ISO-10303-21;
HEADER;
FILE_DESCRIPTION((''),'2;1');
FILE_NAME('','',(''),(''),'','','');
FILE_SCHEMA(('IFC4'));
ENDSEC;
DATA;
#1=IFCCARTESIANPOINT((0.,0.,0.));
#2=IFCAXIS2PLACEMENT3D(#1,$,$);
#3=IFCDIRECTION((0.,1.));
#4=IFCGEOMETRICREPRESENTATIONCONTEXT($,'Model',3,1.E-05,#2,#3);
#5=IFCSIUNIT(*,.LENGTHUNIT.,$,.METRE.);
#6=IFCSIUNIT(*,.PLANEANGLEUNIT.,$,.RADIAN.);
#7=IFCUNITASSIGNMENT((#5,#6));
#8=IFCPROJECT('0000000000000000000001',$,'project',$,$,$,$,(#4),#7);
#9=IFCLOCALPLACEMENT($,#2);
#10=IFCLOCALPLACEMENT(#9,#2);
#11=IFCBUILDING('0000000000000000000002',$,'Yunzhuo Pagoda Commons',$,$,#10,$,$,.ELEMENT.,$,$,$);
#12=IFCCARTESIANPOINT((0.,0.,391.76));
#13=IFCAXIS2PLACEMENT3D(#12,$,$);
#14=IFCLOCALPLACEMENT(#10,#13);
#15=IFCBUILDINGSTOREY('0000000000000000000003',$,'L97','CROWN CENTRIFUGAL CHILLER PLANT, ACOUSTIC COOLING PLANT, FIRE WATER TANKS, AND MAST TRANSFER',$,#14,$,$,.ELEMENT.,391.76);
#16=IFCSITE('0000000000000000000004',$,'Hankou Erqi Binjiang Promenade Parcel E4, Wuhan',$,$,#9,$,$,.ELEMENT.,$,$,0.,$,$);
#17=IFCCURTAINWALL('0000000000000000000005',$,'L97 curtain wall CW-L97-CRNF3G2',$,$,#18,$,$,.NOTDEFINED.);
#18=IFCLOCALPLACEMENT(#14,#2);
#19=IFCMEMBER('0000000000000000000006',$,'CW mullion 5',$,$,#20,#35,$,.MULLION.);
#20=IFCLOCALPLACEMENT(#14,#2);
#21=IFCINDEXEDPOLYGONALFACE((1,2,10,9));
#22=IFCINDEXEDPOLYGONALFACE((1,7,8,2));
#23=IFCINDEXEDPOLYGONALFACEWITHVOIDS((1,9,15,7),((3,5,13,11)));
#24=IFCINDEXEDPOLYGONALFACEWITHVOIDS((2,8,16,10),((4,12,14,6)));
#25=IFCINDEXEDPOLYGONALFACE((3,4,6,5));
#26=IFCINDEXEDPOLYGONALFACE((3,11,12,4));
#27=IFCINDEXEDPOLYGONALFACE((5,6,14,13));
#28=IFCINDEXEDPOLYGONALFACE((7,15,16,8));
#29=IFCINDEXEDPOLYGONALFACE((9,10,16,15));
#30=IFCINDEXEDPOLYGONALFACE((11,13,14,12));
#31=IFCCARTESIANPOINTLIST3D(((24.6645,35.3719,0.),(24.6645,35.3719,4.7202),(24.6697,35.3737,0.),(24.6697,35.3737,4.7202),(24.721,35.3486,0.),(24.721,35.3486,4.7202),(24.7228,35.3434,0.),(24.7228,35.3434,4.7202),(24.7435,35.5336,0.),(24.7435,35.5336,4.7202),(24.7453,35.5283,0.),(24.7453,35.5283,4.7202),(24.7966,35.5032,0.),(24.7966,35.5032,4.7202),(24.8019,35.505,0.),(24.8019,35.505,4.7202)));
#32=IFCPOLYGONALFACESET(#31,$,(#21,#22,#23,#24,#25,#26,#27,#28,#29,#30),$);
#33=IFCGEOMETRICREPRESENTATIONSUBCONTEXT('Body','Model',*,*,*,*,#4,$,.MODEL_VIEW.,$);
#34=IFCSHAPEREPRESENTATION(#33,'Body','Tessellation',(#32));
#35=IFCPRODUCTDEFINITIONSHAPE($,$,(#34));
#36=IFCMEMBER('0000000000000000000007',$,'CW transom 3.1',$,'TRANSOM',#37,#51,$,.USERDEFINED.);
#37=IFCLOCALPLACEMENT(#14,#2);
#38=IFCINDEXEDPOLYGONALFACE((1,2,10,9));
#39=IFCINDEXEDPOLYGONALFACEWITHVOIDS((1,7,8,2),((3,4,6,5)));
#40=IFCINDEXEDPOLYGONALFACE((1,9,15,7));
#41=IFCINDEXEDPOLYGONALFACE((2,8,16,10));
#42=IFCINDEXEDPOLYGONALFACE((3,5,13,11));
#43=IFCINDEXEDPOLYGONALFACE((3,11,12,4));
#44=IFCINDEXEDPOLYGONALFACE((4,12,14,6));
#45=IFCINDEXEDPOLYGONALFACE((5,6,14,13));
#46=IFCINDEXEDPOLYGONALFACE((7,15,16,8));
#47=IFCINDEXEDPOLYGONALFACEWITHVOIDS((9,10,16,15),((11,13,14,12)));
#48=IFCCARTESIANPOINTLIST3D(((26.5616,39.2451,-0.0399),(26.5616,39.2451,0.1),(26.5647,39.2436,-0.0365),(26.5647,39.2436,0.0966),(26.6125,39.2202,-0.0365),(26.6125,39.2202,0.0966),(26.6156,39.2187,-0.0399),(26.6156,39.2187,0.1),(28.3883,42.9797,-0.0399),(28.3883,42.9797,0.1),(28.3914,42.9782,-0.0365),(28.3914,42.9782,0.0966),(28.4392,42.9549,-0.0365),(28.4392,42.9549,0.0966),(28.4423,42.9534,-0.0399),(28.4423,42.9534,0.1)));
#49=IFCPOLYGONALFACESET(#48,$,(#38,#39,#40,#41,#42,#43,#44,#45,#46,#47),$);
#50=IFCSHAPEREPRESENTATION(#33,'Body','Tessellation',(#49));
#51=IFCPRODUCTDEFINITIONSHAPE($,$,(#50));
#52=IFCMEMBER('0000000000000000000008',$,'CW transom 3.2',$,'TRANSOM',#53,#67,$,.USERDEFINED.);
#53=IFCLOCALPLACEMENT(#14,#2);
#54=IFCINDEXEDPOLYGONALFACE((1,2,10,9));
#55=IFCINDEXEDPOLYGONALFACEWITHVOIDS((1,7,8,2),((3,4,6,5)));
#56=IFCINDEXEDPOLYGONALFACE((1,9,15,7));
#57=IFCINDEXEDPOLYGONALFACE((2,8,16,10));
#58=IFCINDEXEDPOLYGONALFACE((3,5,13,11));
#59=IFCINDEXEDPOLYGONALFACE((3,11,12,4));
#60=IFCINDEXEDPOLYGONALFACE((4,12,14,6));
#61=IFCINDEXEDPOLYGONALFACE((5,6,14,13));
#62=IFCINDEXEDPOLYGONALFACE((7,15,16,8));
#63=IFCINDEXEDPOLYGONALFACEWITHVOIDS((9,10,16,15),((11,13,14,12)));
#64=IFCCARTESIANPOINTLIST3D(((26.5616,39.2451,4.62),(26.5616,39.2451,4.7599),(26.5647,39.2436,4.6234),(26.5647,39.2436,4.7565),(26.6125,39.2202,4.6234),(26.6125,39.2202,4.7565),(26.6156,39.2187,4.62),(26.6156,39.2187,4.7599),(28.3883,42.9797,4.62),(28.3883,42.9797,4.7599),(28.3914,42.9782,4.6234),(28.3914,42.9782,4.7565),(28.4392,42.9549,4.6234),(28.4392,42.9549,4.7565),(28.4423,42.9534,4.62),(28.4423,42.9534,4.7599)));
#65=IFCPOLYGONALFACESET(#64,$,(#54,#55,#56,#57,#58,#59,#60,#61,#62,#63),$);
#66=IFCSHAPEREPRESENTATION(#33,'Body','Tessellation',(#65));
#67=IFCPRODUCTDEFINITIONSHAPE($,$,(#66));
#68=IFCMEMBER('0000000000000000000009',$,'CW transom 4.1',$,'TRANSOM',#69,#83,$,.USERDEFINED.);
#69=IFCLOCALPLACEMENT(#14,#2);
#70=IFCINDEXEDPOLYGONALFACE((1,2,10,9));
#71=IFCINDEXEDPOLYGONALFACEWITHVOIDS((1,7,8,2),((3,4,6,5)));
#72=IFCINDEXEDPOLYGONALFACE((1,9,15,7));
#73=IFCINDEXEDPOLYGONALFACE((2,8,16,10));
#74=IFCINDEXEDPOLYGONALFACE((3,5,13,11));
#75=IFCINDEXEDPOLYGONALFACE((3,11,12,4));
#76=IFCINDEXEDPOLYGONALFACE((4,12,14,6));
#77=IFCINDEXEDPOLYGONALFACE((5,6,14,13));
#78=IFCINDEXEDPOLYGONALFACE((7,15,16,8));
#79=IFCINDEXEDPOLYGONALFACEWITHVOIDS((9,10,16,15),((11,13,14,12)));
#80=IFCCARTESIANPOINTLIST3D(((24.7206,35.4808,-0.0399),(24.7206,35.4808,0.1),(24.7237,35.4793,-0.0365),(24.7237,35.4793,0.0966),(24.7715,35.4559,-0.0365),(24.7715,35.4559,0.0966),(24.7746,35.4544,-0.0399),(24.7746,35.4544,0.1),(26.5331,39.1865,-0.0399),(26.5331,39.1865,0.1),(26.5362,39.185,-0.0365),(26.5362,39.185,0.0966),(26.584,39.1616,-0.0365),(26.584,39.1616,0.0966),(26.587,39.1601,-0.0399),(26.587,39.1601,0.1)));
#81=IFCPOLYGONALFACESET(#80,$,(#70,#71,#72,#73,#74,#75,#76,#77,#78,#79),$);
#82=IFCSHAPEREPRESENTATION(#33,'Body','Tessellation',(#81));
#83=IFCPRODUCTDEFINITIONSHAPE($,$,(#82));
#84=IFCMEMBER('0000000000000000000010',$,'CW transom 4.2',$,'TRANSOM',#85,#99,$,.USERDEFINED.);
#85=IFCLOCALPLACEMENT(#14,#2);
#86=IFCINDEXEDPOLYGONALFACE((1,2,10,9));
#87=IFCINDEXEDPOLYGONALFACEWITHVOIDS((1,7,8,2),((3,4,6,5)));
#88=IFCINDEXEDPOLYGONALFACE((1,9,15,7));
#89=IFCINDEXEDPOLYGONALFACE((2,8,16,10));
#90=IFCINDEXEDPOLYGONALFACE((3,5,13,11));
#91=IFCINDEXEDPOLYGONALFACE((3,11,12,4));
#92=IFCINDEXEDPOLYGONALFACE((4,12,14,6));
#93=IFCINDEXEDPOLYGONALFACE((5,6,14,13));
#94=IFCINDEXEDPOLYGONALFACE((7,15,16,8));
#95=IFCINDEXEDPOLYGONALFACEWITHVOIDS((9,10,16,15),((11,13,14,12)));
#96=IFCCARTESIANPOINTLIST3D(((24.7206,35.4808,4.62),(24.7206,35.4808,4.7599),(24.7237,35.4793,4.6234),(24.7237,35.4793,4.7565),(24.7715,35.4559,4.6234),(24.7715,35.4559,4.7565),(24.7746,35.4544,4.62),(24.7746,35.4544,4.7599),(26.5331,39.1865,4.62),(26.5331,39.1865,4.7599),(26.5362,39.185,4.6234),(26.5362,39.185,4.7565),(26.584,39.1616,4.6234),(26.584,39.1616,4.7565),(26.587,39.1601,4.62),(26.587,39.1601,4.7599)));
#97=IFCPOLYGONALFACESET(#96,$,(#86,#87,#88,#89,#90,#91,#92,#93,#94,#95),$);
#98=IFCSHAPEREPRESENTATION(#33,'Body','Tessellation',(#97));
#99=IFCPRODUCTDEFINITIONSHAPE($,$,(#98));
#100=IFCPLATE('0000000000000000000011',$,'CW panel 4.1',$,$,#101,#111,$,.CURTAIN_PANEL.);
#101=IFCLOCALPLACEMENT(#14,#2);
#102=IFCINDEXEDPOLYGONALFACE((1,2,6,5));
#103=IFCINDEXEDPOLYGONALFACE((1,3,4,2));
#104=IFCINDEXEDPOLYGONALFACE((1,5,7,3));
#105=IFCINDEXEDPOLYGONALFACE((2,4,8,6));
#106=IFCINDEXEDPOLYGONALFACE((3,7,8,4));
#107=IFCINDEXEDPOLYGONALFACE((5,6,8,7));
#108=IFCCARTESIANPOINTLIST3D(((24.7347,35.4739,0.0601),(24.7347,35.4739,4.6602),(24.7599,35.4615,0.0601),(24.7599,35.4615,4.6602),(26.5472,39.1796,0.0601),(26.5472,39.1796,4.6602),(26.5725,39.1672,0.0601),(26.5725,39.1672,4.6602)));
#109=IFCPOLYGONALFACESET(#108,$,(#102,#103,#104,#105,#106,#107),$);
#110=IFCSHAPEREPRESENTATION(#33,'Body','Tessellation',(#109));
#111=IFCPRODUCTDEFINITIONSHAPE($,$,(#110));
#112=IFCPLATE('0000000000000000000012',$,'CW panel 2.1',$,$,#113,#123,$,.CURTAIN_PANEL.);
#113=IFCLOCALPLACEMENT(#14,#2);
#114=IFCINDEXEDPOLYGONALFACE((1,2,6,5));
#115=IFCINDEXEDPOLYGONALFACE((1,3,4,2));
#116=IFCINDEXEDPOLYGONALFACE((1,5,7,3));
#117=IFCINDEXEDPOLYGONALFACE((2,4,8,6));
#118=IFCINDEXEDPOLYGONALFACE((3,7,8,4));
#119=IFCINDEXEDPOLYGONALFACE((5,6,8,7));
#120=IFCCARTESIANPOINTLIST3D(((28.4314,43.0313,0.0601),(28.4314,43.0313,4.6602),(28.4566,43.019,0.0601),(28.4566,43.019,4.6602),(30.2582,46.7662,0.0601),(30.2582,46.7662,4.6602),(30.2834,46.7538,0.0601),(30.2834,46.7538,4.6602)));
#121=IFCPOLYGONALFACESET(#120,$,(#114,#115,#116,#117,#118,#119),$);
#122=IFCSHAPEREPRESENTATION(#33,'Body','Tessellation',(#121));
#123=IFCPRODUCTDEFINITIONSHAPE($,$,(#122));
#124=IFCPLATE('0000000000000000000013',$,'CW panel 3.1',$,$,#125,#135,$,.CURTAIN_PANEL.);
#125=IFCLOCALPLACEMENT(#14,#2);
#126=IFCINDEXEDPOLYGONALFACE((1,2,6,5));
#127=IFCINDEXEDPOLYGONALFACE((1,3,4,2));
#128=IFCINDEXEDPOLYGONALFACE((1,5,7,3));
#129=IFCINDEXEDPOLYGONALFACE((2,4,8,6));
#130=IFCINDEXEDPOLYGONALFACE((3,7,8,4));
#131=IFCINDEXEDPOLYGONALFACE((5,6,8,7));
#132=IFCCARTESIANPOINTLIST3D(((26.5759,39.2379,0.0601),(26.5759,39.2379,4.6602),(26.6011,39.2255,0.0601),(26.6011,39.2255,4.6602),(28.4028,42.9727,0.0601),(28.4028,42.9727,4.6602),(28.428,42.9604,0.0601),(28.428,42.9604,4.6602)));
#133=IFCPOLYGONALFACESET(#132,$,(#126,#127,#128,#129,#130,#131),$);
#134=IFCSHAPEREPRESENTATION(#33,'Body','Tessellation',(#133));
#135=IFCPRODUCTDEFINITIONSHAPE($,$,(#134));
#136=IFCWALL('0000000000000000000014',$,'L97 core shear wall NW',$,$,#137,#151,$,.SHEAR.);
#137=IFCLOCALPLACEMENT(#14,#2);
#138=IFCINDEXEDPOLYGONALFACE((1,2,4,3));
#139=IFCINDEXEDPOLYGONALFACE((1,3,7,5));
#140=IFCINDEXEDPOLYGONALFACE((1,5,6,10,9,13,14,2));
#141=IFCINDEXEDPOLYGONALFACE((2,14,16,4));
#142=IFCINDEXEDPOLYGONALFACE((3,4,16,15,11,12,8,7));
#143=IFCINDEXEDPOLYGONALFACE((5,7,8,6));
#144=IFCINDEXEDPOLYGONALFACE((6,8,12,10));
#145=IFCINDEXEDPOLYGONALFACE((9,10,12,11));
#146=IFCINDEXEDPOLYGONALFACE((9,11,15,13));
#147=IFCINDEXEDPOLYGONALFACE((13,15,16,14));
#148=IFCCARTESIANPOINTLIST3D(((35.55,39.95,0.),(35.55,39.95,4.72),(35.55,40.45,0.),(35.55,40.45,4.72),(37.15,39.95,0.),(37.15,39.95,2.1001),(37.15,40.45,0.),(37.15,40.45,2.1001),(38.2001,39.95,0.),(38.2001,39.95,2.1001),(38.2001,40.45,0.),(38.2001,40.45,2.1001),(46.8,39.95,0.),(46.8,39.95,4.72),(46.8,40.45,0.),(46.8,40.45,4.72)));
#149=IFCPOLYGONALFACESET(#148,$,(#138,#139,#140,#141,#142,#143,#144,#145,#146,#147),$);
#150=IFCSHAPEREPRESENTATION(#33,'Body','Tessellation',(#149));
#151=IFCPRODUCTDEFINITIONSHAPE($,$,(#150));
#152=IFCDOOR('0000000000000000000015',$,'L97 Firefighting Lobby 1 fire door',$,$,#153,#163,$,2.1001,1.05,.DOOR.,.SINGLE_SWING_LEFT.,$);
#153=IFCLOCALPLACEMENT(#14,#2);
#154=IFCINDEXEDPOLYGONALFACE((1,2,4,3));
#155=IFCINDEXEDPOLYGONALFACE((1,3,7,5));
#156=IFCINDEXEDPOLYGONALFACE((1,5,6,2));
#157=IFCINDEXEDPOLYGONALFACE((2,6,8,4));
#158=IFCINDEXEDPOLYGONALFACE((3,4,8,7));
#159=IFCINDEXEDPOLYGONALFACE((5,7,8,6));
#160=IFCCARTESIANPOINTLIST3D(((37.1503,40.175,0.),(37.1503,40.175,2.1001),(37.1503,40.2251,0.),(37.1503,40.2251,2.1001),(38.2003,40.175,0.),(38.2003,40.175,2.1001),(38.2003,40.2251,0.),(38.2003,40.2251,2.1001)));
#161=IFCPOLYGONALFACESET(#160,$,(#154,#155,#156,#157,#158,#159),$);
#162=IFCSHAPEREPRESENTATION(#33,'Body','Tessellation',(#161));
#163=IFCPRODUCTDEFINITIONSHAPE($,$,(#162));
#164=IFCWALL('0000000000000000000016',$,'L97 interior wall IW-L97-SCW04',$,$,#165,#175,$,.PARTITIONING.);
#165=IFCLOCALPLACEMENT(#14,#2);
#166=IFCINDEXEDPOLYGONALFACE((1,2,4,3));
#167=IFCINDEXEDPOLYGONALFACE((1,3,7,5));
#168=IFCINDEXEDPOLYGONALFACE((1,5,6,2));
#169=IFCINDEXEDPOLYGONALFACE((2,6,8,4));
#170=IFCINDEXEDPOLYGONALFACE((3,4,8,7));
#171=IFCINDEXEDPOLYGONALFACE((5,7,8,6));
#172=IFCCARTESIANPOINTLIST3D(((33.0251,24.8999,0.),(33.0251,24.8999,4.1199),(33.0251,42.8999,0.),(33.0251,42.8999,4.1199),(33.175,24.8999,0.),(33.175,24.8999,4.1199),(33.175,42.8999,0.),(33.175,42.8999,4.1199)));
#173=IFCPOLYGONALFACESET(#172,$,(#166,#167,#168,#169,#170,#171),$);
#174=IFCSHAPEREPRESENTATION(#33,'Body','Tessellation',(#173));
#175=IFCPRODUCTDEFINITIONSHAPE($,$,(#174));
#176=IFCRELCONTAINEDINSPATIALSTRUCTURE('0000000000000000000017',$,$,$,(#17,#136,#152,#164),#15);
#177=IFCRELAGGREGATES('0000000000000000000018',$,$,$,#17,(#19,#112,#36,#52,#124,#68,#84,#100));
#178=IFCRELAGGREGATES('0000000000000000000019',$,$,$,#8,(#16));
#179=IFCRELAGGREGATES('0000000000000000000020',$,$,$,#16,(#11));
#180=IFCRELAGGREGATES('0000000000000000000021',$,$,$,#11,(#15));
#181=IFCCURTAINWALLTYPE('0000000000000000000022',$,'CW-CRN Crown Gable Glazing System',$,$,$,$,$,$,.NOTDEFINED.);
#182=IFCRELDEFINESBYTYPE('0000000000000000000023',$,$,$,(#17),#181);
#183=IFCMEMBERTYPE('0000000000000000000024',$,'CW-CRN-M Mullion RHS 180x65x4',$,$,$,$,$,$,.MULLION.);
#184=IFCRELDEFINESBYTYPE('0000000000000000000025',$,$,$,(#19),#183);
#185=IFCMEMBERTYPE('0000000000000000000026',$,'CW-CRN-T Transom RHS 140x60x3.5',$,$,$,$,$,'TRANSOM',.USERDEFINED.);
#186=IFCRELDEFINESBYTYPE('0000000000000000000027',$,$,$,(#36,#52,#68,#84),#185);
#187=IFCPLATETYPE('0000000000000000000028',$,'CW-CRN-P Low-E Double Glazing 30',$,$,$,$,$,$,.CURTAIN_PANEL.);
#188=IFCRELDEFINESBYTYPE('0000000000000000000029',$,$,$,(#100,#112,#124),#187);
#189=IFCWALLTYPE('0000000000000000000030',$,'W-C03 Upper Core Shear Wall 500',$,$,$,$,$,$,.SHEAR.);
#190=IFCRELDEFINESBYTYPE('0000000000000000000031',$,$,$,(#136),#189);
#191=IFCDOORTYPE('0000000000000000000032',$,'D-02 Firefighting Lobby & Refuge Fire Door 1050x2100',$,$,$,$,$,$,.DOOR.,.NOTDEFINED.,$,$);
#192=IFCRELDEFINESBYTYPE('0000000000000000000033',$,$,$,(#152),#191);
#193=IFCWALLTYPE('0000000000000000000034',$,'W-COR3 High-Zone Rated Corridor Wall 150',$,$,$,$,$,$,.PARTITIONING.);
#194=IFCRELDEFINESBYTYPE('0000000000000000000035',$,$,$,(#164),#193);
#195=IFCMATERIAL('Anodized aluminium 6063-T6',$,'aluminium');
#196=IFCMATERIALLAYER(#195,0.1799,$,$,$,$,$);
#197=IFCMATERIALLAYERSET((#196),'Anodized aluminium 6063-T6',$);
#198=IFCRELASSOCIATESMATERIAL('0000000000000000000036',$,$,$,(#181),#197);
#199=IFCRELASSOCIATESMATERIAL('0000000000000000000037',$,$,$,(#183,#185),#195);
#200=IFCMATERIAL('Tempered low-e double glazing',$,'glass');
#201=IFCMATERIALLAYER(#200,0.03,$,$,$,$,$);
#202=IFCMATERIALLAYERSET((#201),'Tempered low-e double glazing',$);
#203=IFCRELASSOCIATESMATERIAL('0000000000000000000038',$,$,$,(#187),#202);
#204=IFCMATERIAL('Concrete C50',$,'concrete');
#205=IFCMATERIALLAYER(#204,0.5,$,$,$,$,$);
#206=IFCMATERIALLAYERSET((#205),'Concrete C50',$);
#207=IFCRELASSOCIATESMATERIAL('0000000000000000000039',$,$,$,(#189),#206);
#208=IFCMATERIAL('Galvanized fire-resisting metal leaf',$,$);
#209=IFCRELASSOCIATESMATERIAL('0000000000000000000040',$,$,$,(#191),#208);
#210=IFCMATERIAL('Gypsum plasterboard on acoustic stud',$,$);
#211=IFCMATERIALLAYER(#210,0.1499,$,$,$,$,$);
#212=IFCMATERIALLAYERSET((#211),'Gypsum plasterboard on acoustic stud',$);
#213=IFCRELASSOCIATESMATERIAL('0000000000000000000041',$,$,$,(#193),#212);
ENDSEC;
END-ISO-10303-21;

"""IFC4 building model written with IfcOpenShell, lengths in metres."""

from ifc_helpers import new_model, si_unit, direction, frame, frame_2d, origin, origin_2d, place, context, subcontext, project, spatial, rectangle, hollow_rectangle, extrude, source, transform, mapped, material, layer, layer_set, material_profile, profile_set, type_object, element, fill, aggregate, save


model = new_model("IFC4")

# Units and contexts
model_context = context("Model", 3, precision=1e-05, world=origin(), true_north=direction((0.0, 1.0)))
body_context = subcontext(model_context, "Body", "Model", "MODEL_VIEW")
ifc_project = project(units=[si_unit("LENGTHUNIT", "METRE"), si_unit("PLANEANGLEUNIT", "RADIAN")], contexts=[model_context])

# Site, building, storey
site_placement = place(None, origin())
site = spatial("IfcSite", under=ifc_project, at=site_placement, Name="Hankou Erqi Binjiang Promenade Parcel E4, Wuhan", CompositionType="ELEMENT", RefElevation=0.0)
building_placement = place(site_placement, origin())
building = spatial("IfcBuilding", under=site, at=building_placement, Name="Yunzhuo Pagoda Commons", CompositionType="ELEMENT")
storey_placement = place(building_placement, frame((0.0, 0.0, 391.76)))
storey = spatial("IfcBuildingStorey", under=building, at=storey_placement, Name="L97", Description="CROWN CENTRIFUGAL CHILLER PLANT, ACOUSTIC COOLING PLANT, FIRE WATER TANKS, AND MAST TRANSFER", CompositionType="ELEMENT", Elevation=391.76)

# Curtain wall, members, plates
ifc_material_1 = material(Name="Anodized aluminium 6063-T6", Category="aluminium")
ifc_layer_1 = layer(ifc_material_1, 0.1799)
ifc_layer_set_1 = layer_set([ifc_layer_1], Name="Anodized aluminium 6063-T6")
curtain_wall_type = type_object("IfcCurtainWallType", Name="CW-CRN Crown Gable Glazing System", PredefinedType="NOTDEFINED", material=ifc_layer_set_1)
curtain_wall_placement = place(storey_placement, origin())
curtain_wall = element("IfcCurtainWall", 1, at=curtain_wall_placement, inside=storey, type_object=curtain_wall_type, Name="L97 curtain wall CW-L97-CRNF3G2", PredefinedType="NOTDEFINED")
ifc_material_profile_1 = material_profile(ifc_material_1, hollow_rectangle(XDim=0.0649, YDim=0.1799, WallThickness=0.0039, at=origin_2d()), Name="Anodized aluminium 6063-T6")
ifc_profile_set_1 = profile_set([ifc_material_profile_1], Name="Anodized aluminium 6063-T6")
member_type_1 = type_object("IfcMemberType", Name="CW-CRN-M Mullion RHS 180x65x4", PredefinedType="MULLION", material=ifc_profile_set_1)
shared_shape_1 = source(origin(), body_context, "Body", "SweptSolid", [
    extrude(hollow_rectangle(XDim=0.0649, YDim=0.1799, WallThickness=0.0039, at=origin_2d()), origin(), (0.0, 0.0, 1.0), 4.7202),
])
member_1_placement = place(storey_placement, frame((24.7332, 35.4385, 0.0), z_axis=(0.0, 0.0, 1.0), x_axis=(0.898299, -0.439384, 0.0)))
member_1 = element("IfcMember", 2, at=member_1_placement, type_object=member_type_1, Name="CW mullion 5", PredefinedType="MULLION", context=body_context, shape_type="MappedRepresentation", body=[
    mapped(shared_shape_1, transform((0.0, 0.0, 0.0), scale=1.0)),
])
ifc_material_profile_2 = material_profile(ifc_material_1, hollow_rectangle(XDim=0.0601, YDim=0.1399, WallThickness=0.0034, at=origin_2d()), Name="Anodized aluminium 6063-T6")
ifc_profile_set_2 = profile_set([ifc_material_profile_2], Name="Anodized aluminium 6063-T6")
member_type_2 = type_object("IfcMemberType", Name="CW-CRN-T Transom RHS 140x60x3.5", ElementType="TRANSOM", PredefinedType="USERDEFINED", material=ifc_profile_set_2)
shared_shape_2 = source(origin(), body_context, "Body", "SweptSolid", [
    extrude(hollow_rectangle(XDim=0.0601, YDim=0.1399, WallThickness=0.0034, at=origin_2d()), origin(), (0.0, 0.0, 1.0), 4.1575),
])
member_2_placement = place(storey_placement, frame((28.4153, 42.9666, 0.03), z_axis=(-0.439374, -0.898304, 0.0), x_axis=(0.898304, -0.439374, 0.0)))
member_2 = element("IfcMember", 3, at=member_2_placement, type_object=member_type_2, Name="CW transom 3.1", ObjectType="TRANSOM", PredefinedType="USERDEFINED", context=body_context, shape_type="MappedRepresentation", body=[
    mapped(shared_shape_2, transform((0.0, 0.0, 0.0), scale=1.0)),
])
member_3_placement = place(storey_placement, frame((28.4153, 42.9666, 4.6899), z_axis=(-0.439374, -0.898304, 0.0), x_axis=(0.898304, -0.439374, 0.0)))
member_3 = element("IfcMember", 4, at=member_3_placement, type_object=member_type_2, Name="CW transom 3.2", ObjectType="TRANSOM", PredefinedType="USERDEFINED", context=body_context, shape_type="MappedRepresentation", body=[
    mapped(shared_shape_2, transform((0.0, 0.0, 0.0), scale=1.0)),
])
shared_shape_3 = source(origin(), body_context, "Body", "SweptSolid", [
    extrude(hollow_rectangle(XDim=0.0601, YDim=0.1399, WallThickness=0.0034, at=origin_2d()), origin(), (0.0, 0.0, 1.0), 4.1252),
])
member_4_placement = place(storey_placement, frame((26.5601, 39.1733, 0.03), z_axis=(-0.439361, -0.898311, 0.0), x_axis=(0.898311, -0.439361, 0.0)))
member_4 = element("IfcMember", 5, at=member_4_placement, type_object=member_type_2, Name="CW transom 4.1", ObjectType="TRANSOM", PredefinedType="USERDEFINED", context=body_context, shape_type="MappedRepresentation", body=[
    mapped(shared_shape_3, transform((0.0, 0.0, 0.0), scale=1.0)),
])
member_5_placement = place(storey_placement, frame((26.5601, 39.1733, 4.6899), z_axis=(-0.439361, -0.898311, 0.0), x_axis=(0.898311, -0.439361, 0.0)))
member_5 = element("IfcMember", 6, at=member_5_placement, type_object=member_type_2, Name="CW transom 4.2", ObjectType="TRANSOM", PredefinedType="USERDEFINED", context=body_context, shape_type="MappedRepresentation", body=[
    mapped(shared_shape_3, transform((0.0, 0.0, 0.0), scale=1.0)),
])
ifc_material_2 = material(Name="Tempered low-e double glazing", Category="glass")
ifc_layer_2 = layer(ifc_material_2, 0.03)
ifc_layer_set_2 = layer_set([ifc_layer_2], Name="Tempered low-e double glazing")
plate_type = type_object("IfcPlateType", Name="CW-CRN-P Low-E Double Glazing 30", PredefinedType="CURTAIN_PANEL", material=ifc_layer_set_2)
shared_shape_4 = source(origin(), body_context, "Body", "SweptSolid", [
    extrude(rectangle(XDim=4.1252, YDim=0.0281, at=origin_2d()), origin(), (0.0, 0.0, 1.0), 4.6001),
])
plate_1_placement = place(storey_placement, frame((25.6536, 37.3206, 0.0601), z_axis=(0.0, 0.0, 1.0), x_axis=(-0.439384, -0.898299, 0.0)))
plate_1 = element("IfcPlate", 7, at=plate_1_placement, type_object=plate_type, Name="CW panel 4.1", PredefinedType="CURTAIN_PANEL", context=body_context, shape_type="MappedRepresentation", body=[
    mapped(shared_shape_4, transform((0.0, 0.0, 0.0), scale=1.0)),
])
shared_shape_5 = source(origin(), body_context, "Body", "SweptSolid", [
    extrude(rectangle(XDim=4.1577, YDim=0.0281, at=origin_2d()), origin(), (0.0, 0.0, 1.0), 4.6001),
])
plate_2_placement = place(storey_placement, frame((29.3574, 44.8926, 0.0601), z_axis=(0.0, 0.0, 1.0), x_axis=(-0.439384, -0.898299, 0.0)))
plate_2 = element("IfcPlate", 8, at=plate_2_placement, type_object=plate_type, Name="CW panel 2.1", PredefinedType="CURTAIN_PANEL", context=body_context, shape_type="MappedRepresentation", body=[
    mapped(shared_shape_5, transform((0.0, 0.0, 0.0), scale=1.0)),
])
plate_3_placement = place(storey_placement, frame((27.502, 41.0991, 0.0601), z_axis=(0.0, 0.0, 1.0), x_axis=(-0.439384, -0.898299, 0.0)))
plate_3 = element("IfcPlate", 9, at=plate_3_placement, type_object=plate_type, Name="CW panel 3.1", PredefinedType="CURTAIN_PANEL", context=body_context, shape_type="MappedRepresentation", body=[
    mapped(shared_shape_5, transform((0.0, 0.0, 0.0), scale=1.0)),
])
aggregate(curtain_wall, [member_1, plate_2, member_2, member_3, plate_3, member_4, member_5, plate_1])

# Wall, opening, door
ifc_material_3 = material(Name="Concrete C50", Category="concrete")
ifc_layer_3 = layer(ifc_material_3, 0.5)
ifc_layer_set_3 = layer_set([ifc_layer_3], Name="Concrete C50")
wall_type_1 = type_object("IfcWallType", Name="W-C03 Upper Core Shear Wall 500", PredefinedType="SHEAR", material=ifc_layer_set_3)
wall_1_placement = place(storey_placement, frame((35.55, 40.2, 0.0), z_axis=(0.0, 0.0, 1.0), x_axis=(1.0, 0.0, 0.0)))
wall_1 = element("IfcWall", 10, at=wall_1_placement, inside=storey, type_object=wall_type_1, Name="L97 core shear wall NW", PredefinedType="SHEAR", context=body_context, shape_type="SweptSolid", body=[
    extrude(rectangle(XDim=11.25, YDim=0.5, at=frame_2d((5.625, 0.0))), origin(), (0.0, 0.0, 1.0), 4.72),
])
opening_placement = place(wall_1_placement, frame((1.6001, 0.0, 0.0)))
opening = element("IfcOpeningElement", 11, at=opening_placement, cuts=wall_1, PredefinedType="OPENING", context=body_context, shape_type="SweptSolid", body=[
    extrude(rectangle(XDim=1.05, YDim=2.1001, at=frame_2d((0.5249, 1.05))), frame((0.0, 0.26, 0.0), z_axis=(0.0, -1.0, 0.0), x_axis=(1.0, 0.0, 0.0)), (0.0, 0.0, 1.0), 0.52),
])
ifc_material_4 = material(Name="Galvanized fire-resisting metal leaf")
door_type = type_object("IfcDoorType", Name="D-02 Firefighting Lobby & Refuge Fire Door 1050x2100", OperationType="NOTDEFINED", PredefinedType="DOOR", material=ifc_material_4)
shared_shape_6 = source(origin(), body_context, "Body", "SweptSolid", [
    extrude(rectangle(XDim=1.05, YDim=2.1001, at=frame_2d((0.5249, 1.05))), frame((0.0, 0.0249, 0.0), z_axis=(0.0, -1.0, 0.0), x_axis=(1.0, 0.0, 0.0)), (0.0, 0.0, 1.0), 0.05),
])
door_placement = place(opening_placement, frame((1.05, 0.0, 0.0), z_axis=(0.0, 0.0, 1.0), x_axis=(-1.0, 0.0, 0.0)))
door = element("IfcDoor", 12, at=door_placement, inside=storey, type_object=door_type, Name="L97 Firefighting Lobby 1 fire door", OperationType="SINGLE_SWING_LEFT", OverallHeight=2.1001, OverallWidth=1.05, PredefinedType="DOOR", context=body_context, shape_type="MappedRepresentation", body=[
    mapped(shared_shape_6, transform((0.0, 0.0, 0.0), scale=1.0)),
])
fill(opening, door)

# Wall
ifc_material_5 = material(Name="Gypsum plasterboard on acoustic stud")
ifc_layer_4 = layer(ifc_material_5, 0.1499)
ifc_layer_set_4 = layer_set([ifc_layer_4], Name="Gypsum plasterboard on acoustic stud")
wall_type_2 = type_object("IfcWallType", Name="W-COR3 High-Zone Rated Corridor Wall 150", PredefinedType="PARTITIONING", material=ifc_layer_set_4)
wall_2_placement = place(storey_placement, frame((33.1001, 42.8999, 0.0), z_axis=(0.0, 0.0, 1.0), x_axis=(0.0, -1.0, 0.0)))
element("IfcWall", 13, at=wall_2_placement, inside=storey, type_object=wall_type_2, Name="L97 interior wall IW-L97-SCW04", PredefinedType="PARTITIONING", context=body_context, shape_type="SweptSolid", body=[
    extrude(rectangle(XDim=18.0, YDim=0.1499, at=frame_2d((9.0, 0.0))), origin(), (0.0, 0.0, 1.0), 4.1199),
])

save(model, "model.ifc")
